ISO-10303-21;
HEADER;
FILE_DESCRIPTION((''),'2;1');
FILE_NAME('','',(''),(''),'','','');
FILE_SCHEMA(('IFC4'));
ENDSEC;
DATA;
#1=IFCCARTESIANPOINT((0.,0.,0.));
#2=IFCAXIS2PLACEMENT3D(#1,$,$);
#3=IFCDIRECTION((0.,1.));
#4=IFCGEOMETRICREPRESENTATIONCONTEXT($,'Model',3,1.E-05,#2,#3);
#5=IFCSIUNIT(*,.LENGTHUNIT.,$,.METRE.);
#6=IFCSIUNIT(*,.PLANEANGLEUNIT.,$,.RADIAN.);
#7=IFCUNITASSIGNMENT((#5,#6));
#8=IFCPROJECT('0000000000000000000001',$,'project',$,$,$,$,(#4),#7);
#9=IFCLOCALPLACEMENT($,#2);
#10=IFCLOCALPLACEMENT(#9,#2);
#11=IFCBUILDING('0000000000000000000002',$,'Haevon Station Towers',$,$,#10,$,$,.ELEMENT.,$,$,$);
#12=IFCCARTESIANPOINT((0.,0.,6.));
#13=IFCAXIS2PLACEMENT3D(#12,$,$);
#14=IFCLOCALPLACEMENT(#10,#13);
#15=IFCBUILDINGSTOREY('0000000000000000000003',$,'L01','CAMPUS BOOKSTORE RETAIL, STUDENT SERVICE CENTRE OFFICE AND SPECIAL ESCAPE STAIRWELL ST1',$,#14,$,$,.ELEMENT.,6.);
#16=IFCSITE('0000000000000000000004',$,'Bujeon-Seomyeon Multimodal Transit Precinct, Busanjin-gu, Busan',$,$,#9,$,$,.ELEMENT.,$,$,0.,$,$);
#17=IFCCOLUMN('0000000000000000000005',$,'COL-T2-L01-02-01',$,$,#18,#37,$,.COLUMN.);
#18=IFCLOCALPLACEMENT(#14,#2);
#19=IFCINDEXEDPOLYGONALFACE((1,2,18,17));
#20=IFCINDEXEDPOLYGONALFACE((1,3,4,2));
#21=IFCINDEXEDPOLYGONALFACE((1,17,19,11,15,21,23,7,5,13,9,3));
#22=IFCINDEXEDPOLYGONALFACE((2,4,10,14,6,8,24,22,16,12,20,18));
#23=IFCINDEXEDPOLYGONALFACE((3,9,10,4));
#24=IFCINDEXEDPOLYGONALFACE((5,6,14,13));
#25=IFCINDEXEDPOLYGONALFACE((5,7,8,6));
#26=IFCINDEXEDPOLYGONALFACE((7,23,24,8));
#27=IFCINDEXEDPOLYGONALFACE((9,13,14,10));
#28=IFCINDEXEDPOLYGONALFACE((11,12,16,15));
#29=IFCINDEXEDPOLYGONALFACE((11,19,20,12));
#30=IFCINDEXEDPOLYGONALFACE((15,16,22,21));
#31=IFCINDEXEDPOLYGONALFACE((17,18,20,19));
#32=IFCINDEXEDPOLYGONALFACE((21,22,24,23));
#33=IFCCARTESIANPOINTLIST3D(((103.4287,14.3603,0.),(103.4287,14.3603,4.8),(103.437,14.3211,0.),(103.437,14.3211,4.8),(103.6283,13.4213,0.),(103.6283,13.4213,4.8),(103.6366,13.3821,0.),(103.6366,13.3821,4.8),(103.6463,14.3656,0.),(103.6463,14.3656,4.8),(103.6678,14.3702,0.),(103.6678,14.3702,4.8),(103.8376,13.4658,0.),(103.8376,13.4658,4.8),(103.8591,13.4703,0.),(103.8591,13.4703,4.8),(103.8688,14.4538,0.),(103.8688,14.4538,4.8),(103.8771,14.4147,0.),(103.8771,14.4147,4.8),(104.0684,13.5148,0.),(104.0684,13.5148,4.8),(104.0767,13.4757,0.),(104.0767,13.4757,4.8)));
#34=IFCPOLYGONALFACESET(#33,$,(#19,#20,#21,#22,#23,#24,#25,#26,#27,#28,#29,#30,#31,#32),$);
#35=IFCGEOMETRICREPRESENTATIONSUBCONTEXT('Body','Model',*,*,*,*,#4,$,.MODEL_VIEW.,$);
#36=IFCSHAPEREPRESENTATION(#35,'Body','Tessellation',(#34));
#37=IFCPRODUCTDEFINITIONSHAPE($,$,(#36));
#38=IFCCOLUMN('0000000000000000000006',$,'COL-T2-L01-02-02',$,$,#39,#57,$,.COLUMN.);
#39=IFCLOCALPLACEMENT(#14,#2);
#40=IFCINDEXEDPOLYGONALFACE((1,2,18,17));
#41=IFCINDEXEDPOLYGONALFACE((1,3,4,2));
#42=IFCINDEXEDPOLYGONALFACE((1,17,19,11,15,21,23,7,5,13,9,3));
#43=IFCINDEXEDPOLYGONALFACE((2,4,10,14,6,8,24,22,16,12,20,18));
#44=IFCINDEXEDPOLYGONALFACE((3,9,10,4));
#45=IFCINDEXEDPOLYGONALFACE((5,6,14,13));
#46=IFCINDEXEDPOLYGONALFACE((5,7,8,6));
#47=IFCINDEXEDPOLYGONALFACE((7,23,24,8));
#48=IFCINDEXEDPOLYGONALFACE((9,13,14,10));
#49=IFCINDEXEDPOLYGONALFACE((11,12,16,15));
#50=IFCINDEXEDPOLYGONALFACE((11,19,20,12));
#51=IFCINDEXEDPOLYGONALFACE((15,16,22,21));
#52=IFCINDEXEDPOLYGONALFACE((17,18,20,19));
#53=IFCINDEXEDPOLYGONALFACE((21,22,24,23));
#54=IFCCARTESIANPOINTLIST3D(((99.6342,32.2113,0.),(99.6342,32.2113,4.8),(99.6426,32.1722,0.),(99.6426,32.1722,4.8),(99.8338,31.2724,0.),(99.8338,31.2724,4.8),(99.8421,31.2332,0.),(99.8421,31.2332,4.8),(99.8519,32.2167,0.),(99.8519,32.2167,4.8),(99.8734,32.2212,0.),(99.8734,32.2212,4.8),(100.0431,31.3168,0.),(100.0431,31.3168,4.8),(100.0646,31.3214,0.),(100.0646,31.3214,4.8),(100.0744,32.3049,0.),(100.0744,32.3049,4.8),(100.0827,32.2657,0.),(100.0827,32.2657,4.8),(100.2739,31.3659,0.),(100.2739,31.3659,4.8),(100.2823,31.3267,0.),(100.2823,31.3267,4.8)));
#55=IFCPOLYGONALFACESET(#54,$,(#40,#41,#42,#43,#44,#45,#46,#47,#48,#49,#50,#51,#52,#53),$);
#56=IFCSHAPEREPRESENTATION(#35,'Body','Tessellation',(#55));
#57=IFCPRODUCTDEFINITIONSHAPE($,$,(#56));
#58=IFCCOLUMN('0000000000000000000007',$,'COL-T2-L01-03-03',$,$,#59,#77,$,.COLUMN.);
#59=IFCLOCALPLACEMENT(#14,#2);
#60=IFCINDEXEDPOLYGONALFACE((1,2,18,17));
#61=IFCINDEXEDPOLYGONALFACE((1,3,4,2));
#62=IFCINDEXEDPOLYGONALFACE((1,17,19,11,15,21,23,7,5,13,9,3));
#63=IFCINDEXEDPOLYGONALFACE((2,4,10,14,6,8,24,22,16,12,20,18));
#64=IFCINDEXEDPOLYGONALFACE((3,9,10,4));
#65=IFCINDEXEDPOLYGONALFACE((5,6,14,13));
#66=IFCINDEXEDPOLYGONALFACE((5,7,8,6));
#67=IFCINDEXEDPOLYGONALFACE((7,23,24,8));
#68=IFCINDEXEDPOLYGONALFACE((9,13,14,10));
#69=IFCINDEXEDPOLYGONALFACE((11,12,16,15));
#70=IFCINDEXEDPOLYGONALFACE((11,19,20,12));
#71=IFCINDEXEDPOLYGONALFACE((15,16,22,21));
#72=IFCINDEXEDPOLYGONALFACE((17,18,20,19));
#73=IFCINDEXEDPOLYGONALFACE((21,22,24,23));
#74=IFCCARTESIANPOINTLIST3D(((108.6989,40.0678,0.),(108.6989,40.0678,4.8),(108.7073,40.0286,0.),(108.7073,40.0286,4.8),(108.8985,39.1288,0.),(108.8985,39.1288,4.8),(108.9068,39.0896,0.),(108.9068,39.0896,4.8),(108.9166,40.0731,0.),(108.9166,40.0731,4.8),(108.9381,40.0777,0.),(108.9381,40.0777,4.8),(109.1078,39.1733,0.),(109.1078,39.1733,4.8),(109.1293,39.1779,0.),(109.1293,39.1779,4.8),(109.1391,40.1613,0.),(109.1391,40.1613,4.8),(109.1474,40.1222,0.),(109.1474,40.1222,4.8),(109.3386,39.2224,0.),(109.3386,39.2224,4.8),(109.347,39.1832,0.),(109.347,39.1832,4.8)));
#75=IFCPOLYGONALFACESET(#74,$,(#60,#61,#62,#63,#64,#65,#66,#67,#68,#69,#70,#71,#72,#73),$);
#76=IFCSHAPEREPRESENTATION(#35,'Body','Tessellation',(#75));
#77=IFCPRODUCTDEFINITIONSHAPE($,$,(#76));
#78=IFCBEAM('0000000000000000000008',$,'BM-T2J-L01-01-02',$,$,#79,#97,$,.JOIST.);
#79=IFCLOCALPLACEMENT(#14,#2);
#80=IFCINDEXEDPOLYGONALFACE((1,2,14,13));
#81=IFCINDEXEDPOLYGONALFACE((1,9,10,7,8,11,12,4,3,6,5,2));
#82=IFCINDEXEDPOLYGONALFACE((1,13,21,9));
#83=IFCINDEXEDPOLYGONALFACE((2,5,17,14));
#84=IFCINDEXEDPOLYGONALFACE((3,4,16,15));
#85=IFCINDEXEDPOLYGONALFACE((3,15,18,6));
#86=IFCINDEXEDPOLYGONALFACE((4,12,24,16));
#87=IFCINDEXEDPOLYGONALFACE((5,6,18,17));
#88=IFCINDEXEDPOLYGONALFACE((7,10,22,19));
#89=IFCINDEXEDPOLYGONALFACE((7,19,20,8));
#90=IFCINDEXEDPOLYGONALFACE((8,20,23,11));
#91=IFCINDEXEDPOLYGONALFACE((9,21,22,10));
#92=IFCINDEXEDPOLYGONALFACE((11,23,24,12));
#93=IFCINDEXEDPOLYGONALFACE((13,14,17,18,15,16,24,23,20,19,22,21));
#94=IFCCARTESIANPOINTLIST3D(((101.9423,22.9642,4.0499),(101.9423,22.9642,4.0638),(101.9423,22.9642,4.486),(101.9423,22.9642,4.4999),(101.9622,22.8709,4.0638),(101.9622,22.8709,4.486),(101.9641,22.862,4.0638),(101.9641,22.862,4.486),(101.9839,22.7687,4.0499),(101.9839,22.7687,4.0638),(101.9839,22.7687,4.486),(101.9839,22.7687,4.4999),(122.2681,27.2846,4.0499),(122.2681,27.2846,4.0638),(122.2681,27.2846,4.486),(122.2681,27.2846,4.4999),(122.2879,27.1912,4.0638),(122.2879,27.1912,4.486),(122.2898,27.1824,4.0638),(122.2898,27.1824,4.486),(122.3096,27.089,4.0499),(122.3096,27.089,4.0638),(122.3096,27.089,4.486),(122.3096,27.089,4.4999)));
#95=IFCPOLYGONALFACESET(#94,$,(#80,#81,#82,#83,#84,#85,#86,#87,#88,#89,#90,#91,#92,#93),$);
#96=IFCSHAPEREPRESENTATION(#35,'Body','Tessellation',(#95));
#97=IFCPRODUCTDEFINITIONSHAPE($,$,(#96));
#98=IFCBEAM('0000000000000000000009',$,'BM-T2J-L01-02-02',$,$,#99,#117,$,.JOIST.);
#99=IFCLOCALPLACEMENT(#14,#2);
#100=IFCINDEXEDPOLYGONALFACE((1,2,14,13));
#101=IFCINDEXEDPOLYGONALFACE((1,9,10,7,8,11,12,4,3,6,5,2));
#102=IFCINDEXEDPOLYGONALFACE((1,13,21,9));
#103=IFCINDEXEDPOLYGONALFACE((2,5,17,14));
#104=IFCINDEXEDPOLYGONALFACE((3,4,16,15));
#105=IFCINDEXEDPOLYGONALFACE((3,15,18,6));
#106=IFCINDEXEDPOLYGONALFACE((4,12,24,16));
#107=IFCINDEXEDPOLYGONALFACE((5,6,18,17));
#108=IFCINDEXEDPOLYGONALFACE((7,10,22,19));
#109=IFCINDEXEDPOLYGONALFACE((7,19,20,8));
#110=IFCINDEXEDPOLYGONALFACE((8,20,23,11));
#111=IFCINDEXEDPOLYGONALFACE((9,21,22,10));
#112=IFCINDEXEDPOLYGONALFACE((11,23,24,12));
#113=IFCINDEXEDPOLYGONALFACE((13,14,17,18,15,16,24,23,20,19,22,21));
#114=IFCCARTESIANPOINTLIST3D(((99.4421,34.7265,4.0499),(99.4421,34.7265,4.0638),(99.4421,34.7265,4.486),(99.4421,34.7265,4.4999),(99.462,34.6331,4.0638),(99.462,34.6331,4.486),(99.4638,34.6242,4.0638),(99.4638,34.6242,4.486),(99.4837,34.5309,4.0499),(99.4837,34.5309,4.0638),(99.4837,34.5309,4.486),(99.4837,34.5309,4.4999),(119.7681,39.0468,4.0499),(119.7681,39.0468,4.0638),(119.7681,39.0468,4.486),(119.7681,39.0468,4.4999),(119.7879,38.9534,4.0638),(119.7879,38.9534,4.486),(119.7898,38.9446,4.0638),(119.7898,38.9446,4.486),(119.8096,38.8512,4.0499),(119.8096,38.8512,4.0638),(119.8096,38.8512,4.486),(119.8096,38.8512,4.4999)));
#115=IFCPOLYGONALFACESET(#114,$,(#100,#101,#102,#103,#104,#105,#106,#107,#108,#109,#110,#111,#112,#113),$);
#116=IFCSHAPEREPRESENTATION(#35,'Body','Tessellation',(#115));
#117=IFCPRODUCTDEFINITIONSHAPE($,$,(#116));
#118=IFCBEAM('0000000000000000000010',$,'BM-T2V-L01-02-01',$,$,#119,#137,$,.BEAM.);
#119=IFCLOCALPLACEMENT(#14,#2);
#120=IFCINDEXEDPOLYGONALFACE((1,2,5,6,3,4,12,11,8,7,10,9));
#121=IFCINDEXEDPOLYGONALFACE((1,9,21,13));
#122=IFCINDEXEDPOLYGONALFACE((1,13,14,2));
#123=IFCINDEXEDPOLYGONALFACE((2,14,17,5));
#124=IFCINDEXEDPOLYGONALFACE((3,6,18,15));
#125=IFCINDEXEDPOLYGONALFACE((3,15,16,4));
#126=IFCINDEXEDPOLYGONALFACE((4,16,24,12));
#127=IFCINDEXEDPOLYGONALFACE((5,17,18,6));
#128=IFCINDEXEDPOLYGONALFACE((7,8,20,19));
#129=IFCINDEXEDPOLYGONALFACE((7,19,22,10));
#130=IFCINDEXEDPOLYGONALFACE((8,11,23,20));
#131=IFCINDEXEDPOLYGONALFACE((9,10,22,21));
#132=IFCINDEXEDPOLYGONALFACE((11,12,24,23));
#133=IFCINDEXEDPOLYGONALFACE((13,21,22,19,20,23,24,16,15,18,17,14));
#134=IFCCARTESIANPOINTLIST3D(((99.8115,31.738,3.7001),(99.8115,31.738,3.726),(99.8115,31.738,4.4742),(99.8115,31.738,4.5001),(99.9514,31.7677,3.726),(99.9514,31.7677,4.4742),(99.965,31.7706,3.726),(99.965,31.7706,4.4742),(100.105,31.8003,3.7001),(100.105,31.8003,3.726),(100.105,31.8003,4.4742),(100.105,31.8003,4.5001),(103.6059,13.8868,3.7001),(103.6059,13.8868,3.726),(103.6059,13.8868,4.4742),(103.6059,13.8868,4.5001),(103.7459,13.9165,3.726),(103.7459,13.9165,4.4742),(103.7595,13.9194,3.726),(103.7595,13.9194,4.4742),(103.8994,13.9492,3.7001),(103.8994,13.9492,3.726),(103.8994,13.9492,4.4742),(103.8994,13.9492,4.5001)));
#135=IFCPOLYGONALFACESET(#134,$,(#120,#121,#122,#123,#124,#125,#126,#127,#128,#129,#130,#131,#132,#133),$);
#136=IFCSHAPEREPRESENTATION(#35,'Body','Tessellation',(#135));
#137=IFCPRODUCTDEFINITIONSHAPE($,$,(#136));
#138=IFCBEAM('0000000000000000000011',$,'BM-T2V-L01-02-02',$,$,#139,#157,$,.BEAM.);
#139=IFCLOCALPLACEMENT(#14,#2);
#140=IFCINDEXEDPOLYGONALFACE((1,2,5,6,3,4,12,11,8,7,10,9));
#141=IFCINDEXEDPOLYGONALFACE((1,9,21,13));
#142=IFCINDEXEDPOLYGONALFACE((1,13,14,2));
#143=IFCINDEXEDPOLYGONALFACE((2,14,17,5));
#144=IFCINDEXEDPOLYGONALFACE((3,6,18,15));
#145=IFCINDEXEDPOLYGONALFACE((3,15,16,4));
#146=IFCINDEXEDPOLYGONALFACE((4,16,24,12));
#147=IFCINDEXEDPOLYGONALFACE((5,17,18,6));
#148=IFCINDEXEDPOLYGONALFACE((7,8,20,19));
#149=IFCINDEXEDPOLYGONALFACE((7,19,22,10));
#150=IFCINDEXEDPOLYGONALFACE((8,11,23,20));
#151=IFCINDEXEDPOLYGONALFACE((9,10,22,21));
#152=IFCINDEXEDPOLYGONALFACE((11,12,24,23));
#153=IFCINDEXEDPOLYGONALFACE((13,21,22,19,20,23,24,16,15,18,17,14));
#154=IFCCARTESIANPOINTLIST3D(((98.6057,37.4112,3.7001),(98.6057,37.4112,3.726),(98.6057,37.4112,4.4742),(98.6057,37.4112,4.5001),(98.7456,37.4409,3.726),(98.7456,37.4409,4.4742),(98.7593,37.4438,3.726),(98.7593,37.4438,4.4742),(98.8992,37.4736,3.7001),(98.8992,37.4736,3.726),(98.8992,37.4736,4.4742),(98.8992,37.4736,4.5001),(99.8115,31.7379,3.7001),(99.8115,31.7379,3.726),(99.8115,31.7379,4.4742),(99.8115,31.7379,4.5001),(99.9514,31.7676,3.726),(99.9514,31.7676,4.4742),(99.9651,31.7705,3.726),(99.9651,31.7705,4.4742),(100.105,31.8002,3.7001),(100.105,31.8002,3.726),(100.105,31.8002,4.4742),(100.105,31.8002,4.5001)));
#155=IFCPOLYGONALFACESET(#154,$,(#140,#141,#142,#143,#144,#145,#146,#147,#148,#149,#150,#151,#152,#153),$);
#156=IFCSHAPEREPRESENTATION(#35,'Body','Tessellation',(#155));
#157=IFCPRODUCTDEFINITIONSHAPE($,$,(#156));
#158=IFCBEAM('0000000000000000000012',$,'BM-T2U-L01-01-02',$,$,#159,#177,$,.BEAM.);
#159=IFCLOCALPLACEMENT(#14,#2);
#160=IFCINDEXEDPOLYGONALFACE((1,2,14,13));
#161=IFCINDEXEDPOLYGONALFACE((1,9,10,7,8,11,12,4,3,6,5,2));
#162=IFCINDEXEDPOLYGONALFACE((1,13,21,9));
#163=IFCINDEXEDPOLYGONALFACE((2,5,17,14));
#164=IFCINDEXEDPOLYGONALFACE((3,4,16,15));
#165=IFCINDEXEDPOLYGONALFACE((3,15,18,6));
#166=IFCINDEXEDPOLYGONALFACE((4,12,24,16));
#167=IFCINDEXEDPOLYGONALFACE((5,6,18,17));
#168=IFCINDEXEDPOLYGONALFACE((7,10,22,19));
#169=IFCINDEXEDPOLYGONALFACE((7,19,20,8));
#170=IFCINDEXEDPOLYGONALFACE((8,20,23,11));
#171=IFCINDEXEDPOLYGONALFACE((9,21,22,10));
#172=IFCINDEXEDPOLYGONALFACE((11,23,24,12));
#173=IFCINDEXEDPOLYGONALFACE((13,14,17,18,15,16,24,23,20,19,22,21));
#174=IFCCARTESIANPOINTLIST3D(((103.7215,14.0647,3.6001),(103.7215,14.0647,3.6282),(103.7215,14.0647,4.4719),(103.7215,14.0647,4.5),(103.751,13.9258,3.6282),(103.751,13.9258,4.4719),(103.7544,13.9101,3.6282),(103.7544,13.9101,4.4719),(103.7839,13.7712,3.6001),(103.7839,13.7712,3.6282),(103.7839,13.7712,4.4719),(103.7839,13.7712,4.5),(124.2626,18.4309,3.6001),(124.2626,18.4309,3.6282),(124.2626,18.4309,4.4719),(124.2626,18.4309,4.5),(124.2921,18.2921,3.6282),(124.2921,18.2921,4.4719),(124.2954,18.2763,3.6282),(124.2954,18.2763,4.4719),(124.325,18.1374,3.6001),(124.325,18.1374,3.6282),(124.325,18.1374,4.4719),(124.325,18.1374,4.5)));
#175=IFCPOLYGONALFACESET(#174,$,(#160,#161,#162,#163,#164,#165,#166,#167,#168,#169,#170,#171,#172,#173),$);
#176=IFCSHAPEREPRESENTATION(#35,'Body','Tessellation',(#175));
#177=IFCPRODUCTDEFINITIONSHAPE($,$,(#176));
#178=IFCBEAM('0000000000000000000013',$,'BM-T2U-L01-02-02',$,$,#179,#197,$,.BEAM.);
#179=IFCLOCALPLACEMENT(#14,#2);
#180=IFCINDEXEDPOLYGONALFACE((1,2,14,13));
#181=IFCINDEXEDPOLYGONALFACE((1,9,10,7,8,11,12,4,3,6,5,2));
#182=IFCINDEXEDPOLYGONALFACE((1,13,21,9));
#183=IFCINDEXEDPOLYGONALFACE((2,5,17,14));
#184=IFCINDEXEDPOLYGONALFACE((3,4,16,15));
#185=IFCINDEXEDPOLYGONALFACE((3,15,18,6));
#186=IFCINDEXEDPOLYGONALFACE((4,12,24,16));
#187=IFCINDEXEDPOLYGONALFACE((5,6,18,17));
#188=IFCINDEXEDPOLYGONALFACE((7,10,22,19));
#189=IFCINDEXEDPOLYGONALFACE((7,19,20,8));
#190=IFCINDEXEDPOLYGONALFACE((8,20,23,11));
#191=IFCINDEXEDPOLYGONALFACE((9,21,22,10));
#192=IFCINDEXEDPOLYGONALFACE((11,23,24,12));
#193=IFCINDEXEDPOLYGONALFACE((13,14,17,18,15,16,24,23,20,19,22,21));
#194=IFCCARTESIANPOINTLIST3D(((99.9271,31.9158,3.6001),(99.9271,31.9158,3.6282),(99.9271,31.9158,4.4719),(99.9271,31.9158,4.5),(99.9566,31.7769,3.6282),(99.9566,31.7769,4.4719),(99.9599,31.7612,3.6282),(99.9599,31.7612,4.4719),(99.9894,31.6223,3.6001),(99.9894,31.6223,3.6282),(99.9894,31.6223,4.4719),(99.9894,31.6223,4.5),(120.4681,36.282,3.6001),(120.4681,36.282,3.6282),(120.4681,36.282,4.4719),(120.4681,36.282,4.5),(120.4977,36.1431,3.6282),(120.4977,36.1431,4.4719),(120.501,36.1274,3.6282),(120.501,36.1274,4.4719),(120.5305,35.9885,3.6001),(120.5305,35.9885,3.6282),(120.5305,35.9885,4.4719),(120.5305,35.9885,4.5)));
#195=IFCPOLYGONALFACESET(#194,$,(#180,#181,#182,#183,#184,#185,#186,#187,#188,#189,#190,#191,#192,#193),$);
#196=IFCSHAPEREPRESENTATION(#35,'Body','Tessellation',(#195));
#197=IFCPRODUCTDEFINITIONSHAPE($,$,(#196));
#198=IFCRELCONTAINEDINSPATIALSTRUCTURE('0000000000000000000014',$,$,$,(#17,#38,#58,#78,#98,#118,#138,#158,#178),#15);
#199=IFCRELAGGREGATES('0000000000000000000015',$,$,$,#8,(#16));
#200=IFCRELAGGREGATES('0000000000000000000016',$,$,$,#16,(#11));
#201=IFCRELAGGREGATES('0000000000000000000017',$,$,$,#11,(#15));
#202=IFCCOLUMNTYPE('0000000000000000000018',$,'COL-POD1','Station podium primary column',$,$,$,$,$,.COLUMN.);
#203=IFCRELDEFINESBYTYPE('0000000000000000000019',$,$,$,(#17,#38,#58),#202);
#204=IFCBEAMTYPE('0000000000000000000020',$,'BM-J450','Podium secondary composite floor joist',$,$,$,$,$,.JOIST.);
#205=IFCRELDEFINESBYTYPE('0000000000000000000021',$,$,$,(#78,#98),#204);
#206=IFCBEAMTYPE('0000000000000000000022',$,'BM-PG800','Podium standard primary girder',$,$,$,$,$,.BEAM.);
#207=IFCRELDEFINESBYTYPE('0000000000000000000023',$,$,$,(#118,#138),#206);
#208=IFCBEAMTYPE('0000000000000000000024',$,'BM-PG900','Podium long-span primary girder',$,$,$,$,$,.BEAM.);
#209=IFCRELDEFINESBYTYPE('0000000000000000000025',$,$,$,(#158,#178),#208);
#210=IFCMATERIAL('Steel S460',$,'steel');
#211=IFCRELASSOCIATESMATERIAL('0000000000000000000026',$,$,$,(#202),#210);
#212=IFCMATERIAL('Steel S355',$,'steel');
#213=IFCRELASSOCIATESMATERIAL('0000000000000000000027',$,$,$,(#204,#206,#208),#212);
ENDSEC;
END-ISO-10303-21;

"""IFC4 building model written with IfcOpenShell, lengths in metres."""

from ifc_helpers import new_model, si_unit, direction, frame, origin, origin_2d, place, context, subcontext, project, spatial, i_section, extrude, material, material_profile, profile_set, type_object, element, save


model = new_model("IFC4")

# Units and contexts
model_context = context("Model", 3, precision=1e-05, world=origin(), true_north=direction((0.0, 1.0)))
body_context = subcontext(model_context, "Body", "Model", "MODEL_VIEW")
ifc_project = project(units=[si_unit("LENGTHUNIT", "METRE"), si_unit("PLANEANGLEUNIT", "RADIAN")], contexts=[model_context])

# Site, building, storey
site_placement = place(None, origin())
site = spatial("IfcSite", under=ifc_project, at=site_placement, Name="Bujeon-Seomyeon Multimodal Transit Precinct, Busanjin-gu, Busan", CompositionType="ELEMENT", RefElevation=0.0)
building_placement = place(site_placement, origin())
building = spatial("IfcBuilding", under=site, at=building_placement, Name="Haevon Station Towers", CompositionType="ELEMENT")
storey_placement = place(building_placement, frame((0.0, 0.0, 6.0)))
storey = spatial("IfcBuildingStorey", under=building, at=storey_placement, Name="L01", Description="CAMPUS BOOKSTORE RETAIL, STUDENT SERVICE CENTRE OFFICE AND SPECIAL ESCAPE STAIRWELL ST1", CompositionType="ELEMENT", Elevation=6.0)

# Columns
ifc_material_1 = material(Name="Steel S460", Category="steel")
ifc_material_profile_1 = material_profile(ifc_material_1, i_section(OverallWidth=0.45, OverallDepth=1.0, WebThickness=0.022, FlangeThickness=0.04, at=origin_2d()), Name="H-1000x450x22x40")
ifc_profile_set_1 = profile_set([ifc_material_profile_1], Name="Steel S460")
column_type = type_object("IfcColumnType", Name="COL-POD1", Description="Station podium primary column", PredefinedType="COLUMN", material=ifc_profile_set_1)
for number, where, z_axis, x_axis, name in (
    (1, (103.7527, 13.918, 0.0), (0.0, 0.0, 1.0), (0.978148, 0.207912, 0.0), "COL-T2-L01-02-01"),
    (2, (99.9583, 31.769, 0.0), (0.0, 0.0, 1.0), (0.978148, 0.207912, 0.0), "COL-T2-L01-02-02"),
    (3, (109.0229, 39.6255, 0.0), (0.0, 0.0, 1.0), (0.978148, 0.207912, 0.0), "COL-T2-L01-03-03"),
):
    element("IfcColumn", number, at=place(storey_placement, frame(where, z_axis=z_axis, x_axis=x_axis)), inside=storey, type_object=column_type, Name=name, PredefinedType="COLUMN", context=body_context, shape_type="SweptSolid", body=[
        extrude(i_section(OverallWidth=0.45, OverallDepth=1.0, WebThickness=0.022, FlangeThickness=0.04, at=origin_2d()), origin(), (0.0, 0.0, 1.0), 4.8),
    ])

# Beams
ifc_material_2 = material(Name="Steel S355", Category="steel")
ifc_material_profile_2 = material_profile(ifc_material_2, i_section(OverallWidth=0.2, OverallDepth=0.45, WebThickness=0.009, FlangeThickness=0.0139, at=origin_2d()), Name="H-450x200x9x14")
ifc_profile_set_2 = profile_set([ifc_material_profile_2], Name="Steel S355")
beam_type_1 = type_object("IfcBeamType", Name="BM-J450", Description="Podium secondary composite floor joist", PredefinedType="JOIST", material=ifc_profile_set_2)
beam_1_placement = place(storey_placement, frame((101.9631, 22.8665, 4.2749), z_axis=(0.978148, 0.20791, 0.0), x_axis=(-0.20791, 0.978148, 0.0)))
element("IfcBeam", 4, at=beam_1_placement, inside=storey, type_object=beam_type_1, Name="BM-T2J-L01-01-02", PredefinedType="JOIST", context=body_context, shape_type="SweptSolid", body=[
    extrude(i_section(OverallWidth=0.2, OverallDepth=0.45, WebThickness=0.009, FlangeThickness=0.0139, at=origin_2d()), origin(), (0.0, 0.0, 1.0), 20.7798),
])
beam_2_placement = place(storey_placement, frame((99.4629, 34.6287, 4.2749), z_axis=(0.978149, 0.207907, 0.0), x_axis=(-0.207907, 0.978149, 0.0)))
element("IfcBeam", 5, at=beam_2_placement, inside=storey, type_object=beam_type_1, Name="BM-T2J-L01-02-02", PredefinedType="JOIST", context=body_context, shape_type="SweptSolid", body=[
    extrude(i_section(OverallWidth=0.2, OverallDepth=0.45, WebThickness=0.009, FlangeThickness=0.0139, at=origin_2d()), origin(), (0.0, 0.0, 1.0), 20.78),
])
ifc_material_profile_3 = material_profile(ifc_material_2, i_section(OverallWidth=0.3, OverallDepth=0.8, WebThickness=0.0139, FlangeThickness=0.0259, at=origin_2d()), Name="H-800x300x14x26")
ifc_profile_set_3 = profile_set([ifc_material_profile_3], Name="Steel S355")
beam_type_2 = type_object("IfcBeamType", Name="BM-PG800", Description="Podium standard primary girder", PredefinedType="BEAM", material=ifc_profile_set_3)
beam_3_placement = place(storey_placement, frame((103.7527, 13.918, 4.1001), z_axis=(-0.207915, 0.978147, 0.0), x_axis=(-0.978147, -0.207915, 0.0)))
element("IfcBeam", 6, at=beam_3_placement, inside=storey, type_object=beam_type_2, Name="BM-T2V-L01-02-01", PredefinedType="BEAM", context=body_context, shape_type="SweptSolid", body=[
    extrude(i_section(OverallWidth=0.3, OverallDepth=0.8, WebThickness=0.0139, FlangeThickness=0.0259, at=origin_2d()), origin(), (0.0, 0.0, 1.0), 18.25),
])
beam_4_placement = place(storey_placement, frame((99.9583, 31.769, 4.1001), z_axis=(-0.207896, 0.978151, 0.0), x_axis=(-0.978151, -0.207896, 0.0)))
element("IfcBeam", 7, at=beam_4_placement, inside=storey, type_object=beam_type_2, Name="BM-T2V-L01-02-02", PredefinedType="BEAM", context=body_context, shape_type="SweptSolid", body=[
    extrude(i_section(OverallWidth=0.3, OverallDepth=0.8, WebThickness=0.0139, FlangeThickness=0.0259, at=origin_2d()), origin(), (0.0, 0.0, 1.0), 5.8),
])
ifc_material_profile_4 = material_profile(ifc_material_2, i_section(OverallWidth=0.3, OverallDepth=0.8999, WebThickness=0.0161, FlangeThickness=0.0281, at=origin_2d()), Name="H-900x300x16x28")
ifc_profile_set_4 = profile_set([ifc_material_profile_4], Name="Steel S355")
beam_type_3 = type_object("IfcBeamType", Name="BM-PG900", Description="Podium long-span primary girder", PredefinedType="BEAM", material=ifc_profile_set_4)
for number, where, z_axis, x_axis, name in (
    (8, (103.7527, 13.918, 4.05), (0.978147, 0.207915, 0.0), (-0.207915, 0.978147, 0.0), "BM-T2U-L01-01-02"),
    (9, (99.9583, 31.769, 4.05), (0.978147, 0.207915, 0.0), (-0.207915, 0.978147, 0.0), "BM-T2U-L01-02-02"),
):
    element("IfcBeam", number, at=place(storey_placement, frame(where, z_axis=z_axis, x_axis=x_axis)), inside=storey, type_object=beam_type_3, Name=name, PredefinedType="BEAM", context=body_context, shape_type="SweptSolid", body=[
        extrude(i_section(OverallWidth=0.3, OverallDepth=0.8999, WebThickness=0.0161, FlangeThickness=0.0281, at=origin_2d()), origin(), (0.0, 0.0, 1.0), 21.0),
    ])

save(model, "model.ifc")
